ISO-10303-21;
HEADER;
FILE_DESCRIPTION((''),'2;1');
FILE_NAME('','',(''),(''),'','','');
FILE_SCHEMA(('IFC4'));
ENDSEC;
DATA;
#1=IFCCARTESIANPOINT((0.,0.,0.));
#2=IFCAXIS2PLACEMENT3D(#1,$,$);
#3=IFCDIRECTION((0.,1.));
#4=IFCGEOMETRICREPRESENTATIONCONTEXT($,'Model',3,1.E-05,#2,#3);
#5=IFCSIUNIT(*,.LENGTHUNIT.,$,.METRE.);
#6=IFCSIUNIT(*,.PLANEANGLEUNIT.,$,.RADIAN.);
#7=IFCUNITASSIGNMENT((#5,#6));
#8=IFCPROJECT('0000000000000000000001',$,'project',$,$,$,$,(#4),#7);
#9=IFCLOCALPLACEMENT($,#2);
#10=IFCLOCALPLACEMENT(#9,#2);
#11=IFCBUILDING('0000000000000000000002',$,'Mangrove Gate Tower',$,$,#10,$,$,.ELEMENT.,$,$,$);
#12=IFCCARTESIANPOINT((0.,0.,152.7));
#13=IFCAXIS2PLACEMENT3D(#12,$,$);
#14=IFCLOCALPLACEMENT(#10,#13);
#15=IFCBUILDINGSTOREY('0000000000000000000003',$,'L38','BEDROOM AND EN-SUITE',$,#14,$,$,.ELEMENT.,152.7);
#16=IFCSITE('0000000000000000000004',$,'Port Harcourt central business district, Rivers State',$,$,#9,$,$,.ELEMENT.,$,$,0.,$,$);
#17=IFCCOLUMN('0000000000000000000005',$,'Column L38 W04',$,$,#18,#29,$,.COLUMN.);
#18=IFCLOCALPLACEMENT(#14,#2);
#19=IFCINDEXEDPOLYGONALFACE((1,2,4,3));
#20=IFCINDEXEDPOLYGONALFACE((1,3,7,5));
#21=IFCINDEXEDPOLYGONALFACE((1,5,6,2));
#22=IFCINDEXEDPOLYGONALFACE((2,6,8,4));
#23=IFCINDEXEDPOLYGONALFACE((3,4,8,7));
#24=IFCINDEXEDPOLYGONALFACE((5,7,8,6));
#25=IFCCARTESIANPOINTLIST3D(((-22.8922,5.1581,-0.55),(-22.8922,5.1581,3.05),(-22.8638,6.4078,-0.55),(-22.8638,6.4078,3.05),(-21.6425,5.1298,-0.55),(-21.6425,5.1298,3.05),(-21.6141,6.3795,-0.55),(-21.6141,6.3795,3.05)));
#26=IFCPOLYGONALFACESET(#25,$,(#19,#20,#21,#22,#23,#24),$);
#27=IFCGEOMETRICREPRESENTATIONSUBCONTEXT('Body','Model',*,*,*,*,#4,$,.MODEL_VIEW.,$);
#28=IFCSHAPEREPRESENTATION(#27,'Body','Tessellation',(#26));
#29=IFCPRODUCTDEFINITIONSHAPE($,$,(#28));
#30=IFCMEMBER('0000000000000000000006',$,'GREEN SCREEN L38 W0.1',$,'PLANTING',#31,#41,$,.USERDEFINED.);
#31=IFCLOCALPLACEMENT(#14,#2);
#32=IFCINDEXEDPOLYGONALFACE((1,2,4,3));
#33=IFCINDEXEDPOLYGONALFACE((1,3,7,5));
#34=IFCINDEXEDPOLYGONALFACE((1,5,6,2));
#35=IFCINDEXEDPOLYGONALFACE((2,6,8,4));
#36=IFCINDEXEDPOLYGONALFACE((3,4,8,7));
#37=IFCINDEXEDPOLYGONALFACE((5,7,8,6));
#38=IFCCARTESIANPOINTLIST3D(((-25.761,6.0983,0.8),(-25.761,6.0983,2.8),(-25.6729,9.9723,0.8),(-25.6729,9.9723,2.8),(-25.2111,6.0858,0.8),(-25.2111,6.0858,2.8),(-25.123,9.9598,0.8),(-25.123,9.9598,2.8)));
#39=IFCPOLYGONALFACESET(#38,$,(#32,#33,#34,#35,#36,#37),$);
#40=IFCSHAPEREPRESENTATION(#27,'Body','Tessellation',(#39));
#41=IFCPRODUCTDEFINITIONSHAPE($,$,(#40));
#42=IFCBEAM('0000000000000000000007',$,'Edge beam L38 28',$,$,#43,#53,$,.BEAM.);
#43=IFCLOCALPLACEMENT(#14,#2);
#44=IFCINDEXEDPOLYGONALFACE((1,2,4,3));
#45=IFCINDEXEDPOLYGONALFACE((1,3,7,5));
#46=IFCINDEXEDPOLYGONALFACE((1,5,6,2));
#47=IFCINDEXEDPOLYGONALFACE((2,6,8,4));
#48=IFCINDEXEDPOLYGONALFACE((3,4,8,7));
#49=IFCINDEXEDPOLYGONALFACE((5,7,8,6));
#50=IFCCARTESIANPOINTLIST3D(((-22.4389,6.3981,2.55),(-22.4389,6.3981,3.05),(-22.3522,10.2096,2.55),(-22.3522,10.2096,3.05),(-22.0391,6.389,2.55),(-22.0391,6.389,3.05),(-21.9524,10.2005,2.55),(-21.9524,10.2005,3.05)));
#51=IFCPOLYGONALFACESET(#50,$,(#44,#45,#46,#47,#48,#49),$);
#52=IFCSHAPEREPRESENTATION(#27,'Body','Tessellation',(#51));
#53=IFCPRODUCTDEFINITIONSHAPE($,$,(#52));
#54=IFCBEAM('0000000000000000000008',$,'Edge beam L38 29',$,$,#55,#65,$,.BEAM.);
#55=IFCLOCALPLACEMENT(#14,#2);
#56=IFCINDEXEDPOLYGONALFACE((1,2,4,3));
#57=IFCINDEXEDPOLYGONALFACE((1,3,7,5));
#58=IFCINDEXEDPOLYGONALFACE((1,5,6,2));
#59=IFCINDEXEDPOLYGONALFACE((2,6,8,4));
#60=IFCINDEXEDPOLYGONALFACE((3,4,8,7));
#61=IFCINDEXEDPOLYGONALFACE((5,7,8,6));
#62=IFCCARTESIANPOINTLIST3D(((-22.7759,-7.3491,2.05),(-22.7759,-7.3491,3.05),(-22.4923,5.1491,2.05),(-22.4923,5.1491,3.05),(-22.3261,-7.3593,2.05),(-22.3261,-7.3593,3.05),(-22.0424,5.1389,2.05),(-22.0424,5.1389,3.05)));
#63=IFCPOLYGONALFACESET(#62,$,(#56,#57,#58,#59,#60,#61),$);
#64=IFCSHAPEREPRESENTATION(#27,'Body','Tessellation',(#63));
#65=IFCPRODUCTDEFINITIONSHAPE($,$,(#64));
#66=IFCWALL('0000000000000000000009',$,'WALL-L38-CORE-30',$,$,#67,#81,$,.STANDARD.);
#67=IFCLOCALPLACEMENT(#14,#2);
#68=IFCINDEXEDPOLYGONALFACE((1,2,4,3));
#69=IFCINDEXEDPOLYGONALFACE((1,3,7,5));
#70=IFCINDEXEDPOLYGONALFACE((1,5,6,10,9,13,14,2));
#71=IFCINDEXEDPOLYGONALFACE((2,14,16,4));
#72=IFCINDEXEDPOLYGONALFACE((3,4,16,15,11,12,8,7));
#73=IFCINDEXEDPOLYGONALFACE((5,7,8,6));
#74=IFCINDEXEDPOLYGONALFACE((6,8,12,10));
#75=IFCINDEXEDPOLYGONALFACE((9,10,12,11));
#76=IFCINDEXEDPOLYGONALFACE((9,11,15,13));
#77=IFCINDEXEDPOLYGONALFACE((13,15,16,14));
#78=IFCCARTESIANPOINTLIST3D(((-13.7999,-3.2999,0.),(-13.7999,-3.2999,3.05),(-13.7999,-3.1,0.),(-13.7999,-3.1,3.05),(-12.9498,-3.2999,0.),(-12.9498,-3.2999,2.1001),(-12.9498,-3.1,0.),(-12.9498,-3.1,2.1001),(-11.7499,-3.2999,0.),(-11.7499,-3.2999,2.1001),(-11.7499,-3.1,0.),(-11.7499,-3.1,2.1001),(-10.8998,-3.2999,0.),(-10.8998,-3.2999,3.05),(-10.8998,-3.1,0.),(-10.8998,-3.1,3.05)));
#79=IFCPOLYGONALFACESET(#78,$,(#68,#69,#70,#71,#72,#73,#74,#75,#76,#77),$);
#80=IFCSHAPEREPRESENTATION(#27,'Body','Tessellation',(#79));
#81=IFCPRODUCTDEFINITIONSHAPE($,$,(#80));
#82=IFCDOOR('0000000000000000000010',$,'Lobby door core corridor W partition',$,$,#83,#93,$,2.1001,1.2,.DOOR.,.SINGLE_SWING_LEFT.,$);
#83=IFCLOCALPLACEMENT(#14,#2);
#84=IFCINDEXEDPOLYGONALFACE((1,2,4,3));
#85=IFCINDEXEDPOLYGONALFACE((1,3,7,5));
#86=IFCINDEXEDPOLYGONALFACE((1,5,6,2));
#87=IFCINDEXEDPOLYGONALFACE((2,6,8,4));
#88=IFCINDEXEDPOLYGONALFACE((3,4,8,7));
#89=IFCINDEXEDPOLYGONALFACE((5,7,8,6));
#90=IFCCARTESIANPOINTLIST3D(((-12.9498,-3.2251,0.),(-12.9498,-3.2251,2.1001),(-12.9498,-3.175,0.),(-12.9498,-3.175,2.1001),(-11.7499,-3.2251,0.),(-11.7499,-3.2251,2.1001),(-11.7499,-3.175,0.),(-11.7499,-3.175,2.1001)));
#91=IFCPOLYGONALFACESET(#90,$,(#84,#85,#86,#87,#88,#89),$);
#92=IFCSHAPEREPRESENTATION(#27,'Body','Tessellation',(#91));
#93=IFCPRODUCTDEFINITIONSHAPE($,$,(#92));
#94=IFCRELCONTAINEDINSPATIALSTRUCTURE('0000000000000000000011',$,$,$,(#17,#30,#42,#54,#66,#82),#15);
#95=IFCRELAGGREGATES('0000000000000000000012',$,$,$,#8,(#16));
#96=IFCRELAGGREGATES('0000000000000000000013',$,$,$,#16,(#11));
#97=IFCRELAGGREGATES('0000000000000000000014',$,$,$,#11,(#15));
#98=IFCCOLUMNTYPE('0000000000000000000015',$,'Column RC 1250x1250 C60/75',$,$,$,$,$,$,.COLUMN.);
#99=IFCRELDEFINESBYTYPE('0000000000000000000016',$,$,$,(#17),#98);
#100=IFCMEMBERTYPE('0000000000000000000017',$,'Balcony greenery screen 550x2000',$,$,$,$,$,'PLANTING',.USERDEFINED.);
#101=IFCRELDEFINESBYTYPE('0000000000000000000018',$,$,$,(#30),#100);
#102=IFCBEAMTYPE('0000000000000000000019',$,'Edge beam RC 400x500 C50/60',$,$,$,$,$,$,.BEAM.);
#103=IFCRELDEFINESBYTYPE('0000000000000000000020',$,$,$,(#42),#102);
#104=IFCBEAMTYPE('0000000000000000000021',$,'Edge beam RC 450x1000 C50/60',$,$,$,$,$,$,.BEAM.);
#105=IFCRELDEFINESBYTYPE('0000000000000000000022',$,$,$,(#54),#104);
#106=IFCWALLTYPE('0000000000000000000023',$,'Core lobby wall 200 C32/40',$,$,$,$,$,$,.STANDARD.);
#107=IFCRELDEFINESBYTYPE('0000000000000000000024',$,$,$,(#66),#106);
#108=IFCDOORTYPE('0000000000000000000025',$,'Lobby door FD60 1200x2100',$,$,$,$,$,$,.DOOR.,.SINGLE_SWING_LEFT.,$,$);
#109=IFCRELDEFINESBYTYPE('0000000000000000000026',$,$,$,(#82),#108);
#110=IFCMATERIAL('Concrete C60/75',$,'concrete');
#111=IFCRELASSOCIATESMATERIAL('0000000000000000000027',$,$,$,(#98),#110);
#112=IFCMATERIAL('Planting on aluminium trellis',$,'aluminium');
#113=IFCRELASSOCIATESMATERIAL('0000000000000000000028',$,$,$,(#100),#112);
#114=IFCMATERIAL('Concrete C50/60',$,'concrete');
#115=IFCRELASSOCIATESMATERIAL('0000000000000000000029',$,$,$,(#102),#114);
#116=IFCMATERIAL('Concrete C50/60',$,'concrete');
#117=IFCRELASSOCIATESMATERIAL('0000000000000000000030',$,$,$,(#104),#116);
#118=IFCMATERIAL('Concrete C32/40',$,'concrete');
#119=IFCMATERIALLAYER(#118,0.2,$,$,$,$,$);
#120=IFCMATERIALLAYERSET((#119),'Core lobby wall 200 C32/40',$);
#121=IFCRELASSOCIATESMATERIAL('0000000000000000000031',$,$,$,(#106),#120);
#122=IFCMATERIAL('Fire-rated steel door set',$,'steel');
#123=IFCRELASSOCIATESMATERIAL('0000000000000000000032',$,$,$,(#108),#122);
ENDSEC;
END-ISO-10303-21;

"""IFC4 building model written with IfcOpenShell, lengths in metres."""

from ifc_helpers import new_model, si_unit, direction, frame, frame_2d, origin, origin_2d, place, context, subcontext, project, spatial, rectangle, extrude, material, layer, layer_set, material_profile, profile_set, type_object, element, fill, save


model = new_model("IFC4")

# Units and contexts
model_context = context("Model", 3, precision=1e-05, world=origin(), true_north=direction((0.0, 1.0)))
body_context = subcontext(model_context, "Body", "Model", "MODEL_VIEW")
ifc_project = project(units=[si_unit("LENGTHUNIT", "METRE"), si_unit("PLANEANGLEUNIT", "RADIAN")], contexts=[model_context])

# Site, building, storey
site_placement = place(None, origin())
site = spatial("IfcSite", under=ifc_project, at=site_placement, Name="Port Harcourt central business district, Rivers State", CompositionType="ELEMENT", RefElevation=0.0)
building_placement = place(site_placement, origin())
building = spatial("IfcBuilding", under=site, at=building_placement, Name="Mangrove Gate Tower", CompositionType="ELEMENT")
storey_placement = place(building_placement, frame((0.0, 0.0, 152.7)))
storey = spatial("IfcBuildingStorey", under=building, at=storey_placement, Name="L38", Description="BEDROOM AND EN-SUITE", CompositionType="ELEMENT", Elevation=152.7)

# Column
ifc_material_1 = material(Name="Concrete C60/75", Category="concrete")
ifc_material_profile_1 = material_profile(ifc_material_1, rectangle(XDim=1.25, YDim=1.25, at=origin_2d()))
ifc_profile_set_1 = profile_set([ifc_material_profile_1], Name="Concrete C60/75")
column_type = type_object("IfcColumnType", Name="Column RC 1250x1250 C60/75", PredefinedType="COLUMN", material=ifc_profile_set_1)
column_placement = place(storey_placement, frame((-22.2532, 5.7688, -0.55), z_axis=(0.0, 0.0, 1.0), x_axis=(-0.022696, -0.999742, 0.0)))
element("IfcColumn", 1, at=column_placement, inside=storey, type_object=column_type, Name="Column L38 W04", PredefinedType="COLUMN", context=body_context, shape_type="SweptSolid", body=[
    extrude(rectangle(XDim=1.25, YDim=1.25, at=origin_2d()), origin(), (0.0, 0.0, 1.0), 3.6001),
])

# Member
ifc_material_2 = material(Name="Planting on aluminium trellis", Category="aluminium")
ifc_material_profile_2 = material_profile(ifc_material_2, rectangle(XDim=0.55, YDim=2.0, at=origin_2d()))
ifc_profile_set_2 = profile_set([ifc_material_profile_2], Name="Planting on aluminium trellis")
member_type = type_object("IfcMemberType", Name="Balcony greenery screen 550x2000", ElementType="PLANTING", PredefinedType="USERDEFINED", material=ifc_profile_set_2)
member_placement = place(storey_placement, frame((-25.4861, 6.092, 1.8), z_axis=(0.022744, 0.999741, 0.0), x_axis=(-0.999741, 0.022744, 0.0)))
element("IfcMember", 2, at=member_placement, inside=storey, type_object=member_type, Name="GREEN SCREEN L38 W0.1", ObjectType="PLANTING", PredefinedType="USERDEFINED", context=body_context, shape_type="SweptSolid", body=[
    extrude(rectangle(XDim=0.55, YDim=2.0, at=origin_2d()), origin(), (0.0, 0.0, 1.0), 3.875),
])

# Beams
ifc_material_3 = material(Name="Concrete C50/60", Category="concrete")
ifc_material_profile_3 = material_profile(ifc_material_3, rectangle(XDim=0.3999, YDim=0.5, at=origin_2d()))
ifc_profile_set_3 = profile_set([ifc_material_profile_3], Name="Concrete C50/60")
beam_type_1 = type_object("IfcBeamType", Name="Edge beam RC 400x500 C50/60", PredefinedType="BEAM", material=ifc_profile_set_3)
beam_1_placement = place(storey_placement, frame((-22.1523, 10.2051, 2.8), z_axis=(-0.022733, -0.999742, 0.0), x_axis=(0.999742, -0.022733, 0.0)))
element("IfcBeam", 3, at=beam_1_placement, inside=storey, type_object=beam_type_1, Name="Edge beam L38 28", PredefinedType="BEAM", context=body_context, shape_type="SweptSolid", body=[
    extrude(rectangle(XDim=0.3999, YDim=0.5, at=origin_2d()), origin(), (0.0, 0.0, 1.0), 3.8125),
])
ifc_material_4 = material(Name="Concrete C50/60", Category="concrete")
ifc_material_profile_4 = material_profile(ifc_material_4, rectangle(XDim=0.45, YDim=1.0, at=origin_2d()))
ifc_profile_set_4 = profile_set([ifc_material_profile_4], Name="Concrete C50/60")
beam_type_2 = type_object("IfcBeamType", Name="Edge beam RC 450x1000 C50/60", PredefinedType="BEAM", material=ifc_profile_set_4)
beam_2_placement = place(storey_placement, frame((-22.2673, 5.144, 2.55), z_axis=(-0.022693, -0.999742, 0.0), x_axis=(0.999742, -0.022693, 0.0)))
element("IfcBeam", 4, at=beam_2_placement, inside=storey, type_object=beam_type_2, Name="Edge beam L38 29", PredefinedType="BEAM", context=body_context, shape_type="SweptSolid", body=[
    extrude(rectangle(XDim=0.45, YDim=1.0, at=origin_2d()), origin(), (0.0, 0.0, 1.0), 12.5015),
])

# Wall, opening, door
ifc_material_5 = material(Name="Concrete C32/40", Category="concrete")
ifc_layer_1 = layer(ifc_material_5, 0.2)
ifc_layer_set_1 = layer_set([ifc_layer_1], Name="Core lobby wall 200 C32/40")
wall_type_1 = type_object("IfcWallType", Name="Core lobby wall 200 C32/40", PredefinedType="STANDARD", material=ifc_layer_set_1)
wall_1_placement = place(storey_placement, frame((-13.8, -3.2, 0.0), z_axis=(0.0, 0.0, 1.0), x_axis=(1.0, 0.0, 0.0)))
wall_1 = element("IfcWall", 5, at=wall_1_placement, inside=storey, type_object=wall_type_1, Name="WALL-L38-CORE-30", PredefinedType="STANDARD", context=body_context, shape_type="SweptSolid", body=[
    extrude(rectangle(XDim=2.9001, YDim=0.2, at=frame_2d((1.4502, 0.0))), origin(), (0.0, 0.0, 1.0), 3.05),
])
opening_1_placement = place(wall_1_placement, frame((0.8501, 0.0, 0.0)))
opening_1 = element("IfcOpeningElement", 6, at=opening_1_placement, cuts=wall_1, PredefinedType="OPENING", context=body_context, shape_type="SweptSolid", body=[
    extrude(rectangle(XDim=1.2, YDim=2.1001, at=frame_2d((0.6001, 1.05))), frame((0.0, 0.1099, 0.0), z_axis=(0.0, -1.0, 0.0), x_axis=(1.0, 0.0, 0.0)), (0.0, 0.0, 1.0), 0.22),
])
ifc_material_6 = material(Name="Fire-rated steel door set", Category="steel")
door_type_1 = type_object("IfcDoorType", Name="Lobby door FD60 1200x2100", OperationType="SINGLE_SWING_LEFT", PredefinedType="DOOR", material=ifc_material_6)
door_1_placement = place(opening_1_placement, origin())
door_1 = element("IfcDoor", 7, at=door_1_placement, inside=storey, type_object=door_type_1, Name="Lobby door core corridor W partition", OperationType="SINGLE_SWING_LEFT", OverallHeight=2.1001, OverallWidth=1.2, PredefinedType="DOOR", context=body_context, shape_type="SweptSolid", body=[
    extrude(rectangle(XDim=1.2, YDim=2.1001, at=frame_2d((0.6001, 1.05))), frame((0.0, 0.0249, 0.0), z_axis=(0.0, -1.0, 0.0), x_axis=(1.0, 0.0, 0.0)), (0.0, 0.0, 1.0), 0.05),
])
fill(opening_1, door_1)

save(model, "model.ifc")
